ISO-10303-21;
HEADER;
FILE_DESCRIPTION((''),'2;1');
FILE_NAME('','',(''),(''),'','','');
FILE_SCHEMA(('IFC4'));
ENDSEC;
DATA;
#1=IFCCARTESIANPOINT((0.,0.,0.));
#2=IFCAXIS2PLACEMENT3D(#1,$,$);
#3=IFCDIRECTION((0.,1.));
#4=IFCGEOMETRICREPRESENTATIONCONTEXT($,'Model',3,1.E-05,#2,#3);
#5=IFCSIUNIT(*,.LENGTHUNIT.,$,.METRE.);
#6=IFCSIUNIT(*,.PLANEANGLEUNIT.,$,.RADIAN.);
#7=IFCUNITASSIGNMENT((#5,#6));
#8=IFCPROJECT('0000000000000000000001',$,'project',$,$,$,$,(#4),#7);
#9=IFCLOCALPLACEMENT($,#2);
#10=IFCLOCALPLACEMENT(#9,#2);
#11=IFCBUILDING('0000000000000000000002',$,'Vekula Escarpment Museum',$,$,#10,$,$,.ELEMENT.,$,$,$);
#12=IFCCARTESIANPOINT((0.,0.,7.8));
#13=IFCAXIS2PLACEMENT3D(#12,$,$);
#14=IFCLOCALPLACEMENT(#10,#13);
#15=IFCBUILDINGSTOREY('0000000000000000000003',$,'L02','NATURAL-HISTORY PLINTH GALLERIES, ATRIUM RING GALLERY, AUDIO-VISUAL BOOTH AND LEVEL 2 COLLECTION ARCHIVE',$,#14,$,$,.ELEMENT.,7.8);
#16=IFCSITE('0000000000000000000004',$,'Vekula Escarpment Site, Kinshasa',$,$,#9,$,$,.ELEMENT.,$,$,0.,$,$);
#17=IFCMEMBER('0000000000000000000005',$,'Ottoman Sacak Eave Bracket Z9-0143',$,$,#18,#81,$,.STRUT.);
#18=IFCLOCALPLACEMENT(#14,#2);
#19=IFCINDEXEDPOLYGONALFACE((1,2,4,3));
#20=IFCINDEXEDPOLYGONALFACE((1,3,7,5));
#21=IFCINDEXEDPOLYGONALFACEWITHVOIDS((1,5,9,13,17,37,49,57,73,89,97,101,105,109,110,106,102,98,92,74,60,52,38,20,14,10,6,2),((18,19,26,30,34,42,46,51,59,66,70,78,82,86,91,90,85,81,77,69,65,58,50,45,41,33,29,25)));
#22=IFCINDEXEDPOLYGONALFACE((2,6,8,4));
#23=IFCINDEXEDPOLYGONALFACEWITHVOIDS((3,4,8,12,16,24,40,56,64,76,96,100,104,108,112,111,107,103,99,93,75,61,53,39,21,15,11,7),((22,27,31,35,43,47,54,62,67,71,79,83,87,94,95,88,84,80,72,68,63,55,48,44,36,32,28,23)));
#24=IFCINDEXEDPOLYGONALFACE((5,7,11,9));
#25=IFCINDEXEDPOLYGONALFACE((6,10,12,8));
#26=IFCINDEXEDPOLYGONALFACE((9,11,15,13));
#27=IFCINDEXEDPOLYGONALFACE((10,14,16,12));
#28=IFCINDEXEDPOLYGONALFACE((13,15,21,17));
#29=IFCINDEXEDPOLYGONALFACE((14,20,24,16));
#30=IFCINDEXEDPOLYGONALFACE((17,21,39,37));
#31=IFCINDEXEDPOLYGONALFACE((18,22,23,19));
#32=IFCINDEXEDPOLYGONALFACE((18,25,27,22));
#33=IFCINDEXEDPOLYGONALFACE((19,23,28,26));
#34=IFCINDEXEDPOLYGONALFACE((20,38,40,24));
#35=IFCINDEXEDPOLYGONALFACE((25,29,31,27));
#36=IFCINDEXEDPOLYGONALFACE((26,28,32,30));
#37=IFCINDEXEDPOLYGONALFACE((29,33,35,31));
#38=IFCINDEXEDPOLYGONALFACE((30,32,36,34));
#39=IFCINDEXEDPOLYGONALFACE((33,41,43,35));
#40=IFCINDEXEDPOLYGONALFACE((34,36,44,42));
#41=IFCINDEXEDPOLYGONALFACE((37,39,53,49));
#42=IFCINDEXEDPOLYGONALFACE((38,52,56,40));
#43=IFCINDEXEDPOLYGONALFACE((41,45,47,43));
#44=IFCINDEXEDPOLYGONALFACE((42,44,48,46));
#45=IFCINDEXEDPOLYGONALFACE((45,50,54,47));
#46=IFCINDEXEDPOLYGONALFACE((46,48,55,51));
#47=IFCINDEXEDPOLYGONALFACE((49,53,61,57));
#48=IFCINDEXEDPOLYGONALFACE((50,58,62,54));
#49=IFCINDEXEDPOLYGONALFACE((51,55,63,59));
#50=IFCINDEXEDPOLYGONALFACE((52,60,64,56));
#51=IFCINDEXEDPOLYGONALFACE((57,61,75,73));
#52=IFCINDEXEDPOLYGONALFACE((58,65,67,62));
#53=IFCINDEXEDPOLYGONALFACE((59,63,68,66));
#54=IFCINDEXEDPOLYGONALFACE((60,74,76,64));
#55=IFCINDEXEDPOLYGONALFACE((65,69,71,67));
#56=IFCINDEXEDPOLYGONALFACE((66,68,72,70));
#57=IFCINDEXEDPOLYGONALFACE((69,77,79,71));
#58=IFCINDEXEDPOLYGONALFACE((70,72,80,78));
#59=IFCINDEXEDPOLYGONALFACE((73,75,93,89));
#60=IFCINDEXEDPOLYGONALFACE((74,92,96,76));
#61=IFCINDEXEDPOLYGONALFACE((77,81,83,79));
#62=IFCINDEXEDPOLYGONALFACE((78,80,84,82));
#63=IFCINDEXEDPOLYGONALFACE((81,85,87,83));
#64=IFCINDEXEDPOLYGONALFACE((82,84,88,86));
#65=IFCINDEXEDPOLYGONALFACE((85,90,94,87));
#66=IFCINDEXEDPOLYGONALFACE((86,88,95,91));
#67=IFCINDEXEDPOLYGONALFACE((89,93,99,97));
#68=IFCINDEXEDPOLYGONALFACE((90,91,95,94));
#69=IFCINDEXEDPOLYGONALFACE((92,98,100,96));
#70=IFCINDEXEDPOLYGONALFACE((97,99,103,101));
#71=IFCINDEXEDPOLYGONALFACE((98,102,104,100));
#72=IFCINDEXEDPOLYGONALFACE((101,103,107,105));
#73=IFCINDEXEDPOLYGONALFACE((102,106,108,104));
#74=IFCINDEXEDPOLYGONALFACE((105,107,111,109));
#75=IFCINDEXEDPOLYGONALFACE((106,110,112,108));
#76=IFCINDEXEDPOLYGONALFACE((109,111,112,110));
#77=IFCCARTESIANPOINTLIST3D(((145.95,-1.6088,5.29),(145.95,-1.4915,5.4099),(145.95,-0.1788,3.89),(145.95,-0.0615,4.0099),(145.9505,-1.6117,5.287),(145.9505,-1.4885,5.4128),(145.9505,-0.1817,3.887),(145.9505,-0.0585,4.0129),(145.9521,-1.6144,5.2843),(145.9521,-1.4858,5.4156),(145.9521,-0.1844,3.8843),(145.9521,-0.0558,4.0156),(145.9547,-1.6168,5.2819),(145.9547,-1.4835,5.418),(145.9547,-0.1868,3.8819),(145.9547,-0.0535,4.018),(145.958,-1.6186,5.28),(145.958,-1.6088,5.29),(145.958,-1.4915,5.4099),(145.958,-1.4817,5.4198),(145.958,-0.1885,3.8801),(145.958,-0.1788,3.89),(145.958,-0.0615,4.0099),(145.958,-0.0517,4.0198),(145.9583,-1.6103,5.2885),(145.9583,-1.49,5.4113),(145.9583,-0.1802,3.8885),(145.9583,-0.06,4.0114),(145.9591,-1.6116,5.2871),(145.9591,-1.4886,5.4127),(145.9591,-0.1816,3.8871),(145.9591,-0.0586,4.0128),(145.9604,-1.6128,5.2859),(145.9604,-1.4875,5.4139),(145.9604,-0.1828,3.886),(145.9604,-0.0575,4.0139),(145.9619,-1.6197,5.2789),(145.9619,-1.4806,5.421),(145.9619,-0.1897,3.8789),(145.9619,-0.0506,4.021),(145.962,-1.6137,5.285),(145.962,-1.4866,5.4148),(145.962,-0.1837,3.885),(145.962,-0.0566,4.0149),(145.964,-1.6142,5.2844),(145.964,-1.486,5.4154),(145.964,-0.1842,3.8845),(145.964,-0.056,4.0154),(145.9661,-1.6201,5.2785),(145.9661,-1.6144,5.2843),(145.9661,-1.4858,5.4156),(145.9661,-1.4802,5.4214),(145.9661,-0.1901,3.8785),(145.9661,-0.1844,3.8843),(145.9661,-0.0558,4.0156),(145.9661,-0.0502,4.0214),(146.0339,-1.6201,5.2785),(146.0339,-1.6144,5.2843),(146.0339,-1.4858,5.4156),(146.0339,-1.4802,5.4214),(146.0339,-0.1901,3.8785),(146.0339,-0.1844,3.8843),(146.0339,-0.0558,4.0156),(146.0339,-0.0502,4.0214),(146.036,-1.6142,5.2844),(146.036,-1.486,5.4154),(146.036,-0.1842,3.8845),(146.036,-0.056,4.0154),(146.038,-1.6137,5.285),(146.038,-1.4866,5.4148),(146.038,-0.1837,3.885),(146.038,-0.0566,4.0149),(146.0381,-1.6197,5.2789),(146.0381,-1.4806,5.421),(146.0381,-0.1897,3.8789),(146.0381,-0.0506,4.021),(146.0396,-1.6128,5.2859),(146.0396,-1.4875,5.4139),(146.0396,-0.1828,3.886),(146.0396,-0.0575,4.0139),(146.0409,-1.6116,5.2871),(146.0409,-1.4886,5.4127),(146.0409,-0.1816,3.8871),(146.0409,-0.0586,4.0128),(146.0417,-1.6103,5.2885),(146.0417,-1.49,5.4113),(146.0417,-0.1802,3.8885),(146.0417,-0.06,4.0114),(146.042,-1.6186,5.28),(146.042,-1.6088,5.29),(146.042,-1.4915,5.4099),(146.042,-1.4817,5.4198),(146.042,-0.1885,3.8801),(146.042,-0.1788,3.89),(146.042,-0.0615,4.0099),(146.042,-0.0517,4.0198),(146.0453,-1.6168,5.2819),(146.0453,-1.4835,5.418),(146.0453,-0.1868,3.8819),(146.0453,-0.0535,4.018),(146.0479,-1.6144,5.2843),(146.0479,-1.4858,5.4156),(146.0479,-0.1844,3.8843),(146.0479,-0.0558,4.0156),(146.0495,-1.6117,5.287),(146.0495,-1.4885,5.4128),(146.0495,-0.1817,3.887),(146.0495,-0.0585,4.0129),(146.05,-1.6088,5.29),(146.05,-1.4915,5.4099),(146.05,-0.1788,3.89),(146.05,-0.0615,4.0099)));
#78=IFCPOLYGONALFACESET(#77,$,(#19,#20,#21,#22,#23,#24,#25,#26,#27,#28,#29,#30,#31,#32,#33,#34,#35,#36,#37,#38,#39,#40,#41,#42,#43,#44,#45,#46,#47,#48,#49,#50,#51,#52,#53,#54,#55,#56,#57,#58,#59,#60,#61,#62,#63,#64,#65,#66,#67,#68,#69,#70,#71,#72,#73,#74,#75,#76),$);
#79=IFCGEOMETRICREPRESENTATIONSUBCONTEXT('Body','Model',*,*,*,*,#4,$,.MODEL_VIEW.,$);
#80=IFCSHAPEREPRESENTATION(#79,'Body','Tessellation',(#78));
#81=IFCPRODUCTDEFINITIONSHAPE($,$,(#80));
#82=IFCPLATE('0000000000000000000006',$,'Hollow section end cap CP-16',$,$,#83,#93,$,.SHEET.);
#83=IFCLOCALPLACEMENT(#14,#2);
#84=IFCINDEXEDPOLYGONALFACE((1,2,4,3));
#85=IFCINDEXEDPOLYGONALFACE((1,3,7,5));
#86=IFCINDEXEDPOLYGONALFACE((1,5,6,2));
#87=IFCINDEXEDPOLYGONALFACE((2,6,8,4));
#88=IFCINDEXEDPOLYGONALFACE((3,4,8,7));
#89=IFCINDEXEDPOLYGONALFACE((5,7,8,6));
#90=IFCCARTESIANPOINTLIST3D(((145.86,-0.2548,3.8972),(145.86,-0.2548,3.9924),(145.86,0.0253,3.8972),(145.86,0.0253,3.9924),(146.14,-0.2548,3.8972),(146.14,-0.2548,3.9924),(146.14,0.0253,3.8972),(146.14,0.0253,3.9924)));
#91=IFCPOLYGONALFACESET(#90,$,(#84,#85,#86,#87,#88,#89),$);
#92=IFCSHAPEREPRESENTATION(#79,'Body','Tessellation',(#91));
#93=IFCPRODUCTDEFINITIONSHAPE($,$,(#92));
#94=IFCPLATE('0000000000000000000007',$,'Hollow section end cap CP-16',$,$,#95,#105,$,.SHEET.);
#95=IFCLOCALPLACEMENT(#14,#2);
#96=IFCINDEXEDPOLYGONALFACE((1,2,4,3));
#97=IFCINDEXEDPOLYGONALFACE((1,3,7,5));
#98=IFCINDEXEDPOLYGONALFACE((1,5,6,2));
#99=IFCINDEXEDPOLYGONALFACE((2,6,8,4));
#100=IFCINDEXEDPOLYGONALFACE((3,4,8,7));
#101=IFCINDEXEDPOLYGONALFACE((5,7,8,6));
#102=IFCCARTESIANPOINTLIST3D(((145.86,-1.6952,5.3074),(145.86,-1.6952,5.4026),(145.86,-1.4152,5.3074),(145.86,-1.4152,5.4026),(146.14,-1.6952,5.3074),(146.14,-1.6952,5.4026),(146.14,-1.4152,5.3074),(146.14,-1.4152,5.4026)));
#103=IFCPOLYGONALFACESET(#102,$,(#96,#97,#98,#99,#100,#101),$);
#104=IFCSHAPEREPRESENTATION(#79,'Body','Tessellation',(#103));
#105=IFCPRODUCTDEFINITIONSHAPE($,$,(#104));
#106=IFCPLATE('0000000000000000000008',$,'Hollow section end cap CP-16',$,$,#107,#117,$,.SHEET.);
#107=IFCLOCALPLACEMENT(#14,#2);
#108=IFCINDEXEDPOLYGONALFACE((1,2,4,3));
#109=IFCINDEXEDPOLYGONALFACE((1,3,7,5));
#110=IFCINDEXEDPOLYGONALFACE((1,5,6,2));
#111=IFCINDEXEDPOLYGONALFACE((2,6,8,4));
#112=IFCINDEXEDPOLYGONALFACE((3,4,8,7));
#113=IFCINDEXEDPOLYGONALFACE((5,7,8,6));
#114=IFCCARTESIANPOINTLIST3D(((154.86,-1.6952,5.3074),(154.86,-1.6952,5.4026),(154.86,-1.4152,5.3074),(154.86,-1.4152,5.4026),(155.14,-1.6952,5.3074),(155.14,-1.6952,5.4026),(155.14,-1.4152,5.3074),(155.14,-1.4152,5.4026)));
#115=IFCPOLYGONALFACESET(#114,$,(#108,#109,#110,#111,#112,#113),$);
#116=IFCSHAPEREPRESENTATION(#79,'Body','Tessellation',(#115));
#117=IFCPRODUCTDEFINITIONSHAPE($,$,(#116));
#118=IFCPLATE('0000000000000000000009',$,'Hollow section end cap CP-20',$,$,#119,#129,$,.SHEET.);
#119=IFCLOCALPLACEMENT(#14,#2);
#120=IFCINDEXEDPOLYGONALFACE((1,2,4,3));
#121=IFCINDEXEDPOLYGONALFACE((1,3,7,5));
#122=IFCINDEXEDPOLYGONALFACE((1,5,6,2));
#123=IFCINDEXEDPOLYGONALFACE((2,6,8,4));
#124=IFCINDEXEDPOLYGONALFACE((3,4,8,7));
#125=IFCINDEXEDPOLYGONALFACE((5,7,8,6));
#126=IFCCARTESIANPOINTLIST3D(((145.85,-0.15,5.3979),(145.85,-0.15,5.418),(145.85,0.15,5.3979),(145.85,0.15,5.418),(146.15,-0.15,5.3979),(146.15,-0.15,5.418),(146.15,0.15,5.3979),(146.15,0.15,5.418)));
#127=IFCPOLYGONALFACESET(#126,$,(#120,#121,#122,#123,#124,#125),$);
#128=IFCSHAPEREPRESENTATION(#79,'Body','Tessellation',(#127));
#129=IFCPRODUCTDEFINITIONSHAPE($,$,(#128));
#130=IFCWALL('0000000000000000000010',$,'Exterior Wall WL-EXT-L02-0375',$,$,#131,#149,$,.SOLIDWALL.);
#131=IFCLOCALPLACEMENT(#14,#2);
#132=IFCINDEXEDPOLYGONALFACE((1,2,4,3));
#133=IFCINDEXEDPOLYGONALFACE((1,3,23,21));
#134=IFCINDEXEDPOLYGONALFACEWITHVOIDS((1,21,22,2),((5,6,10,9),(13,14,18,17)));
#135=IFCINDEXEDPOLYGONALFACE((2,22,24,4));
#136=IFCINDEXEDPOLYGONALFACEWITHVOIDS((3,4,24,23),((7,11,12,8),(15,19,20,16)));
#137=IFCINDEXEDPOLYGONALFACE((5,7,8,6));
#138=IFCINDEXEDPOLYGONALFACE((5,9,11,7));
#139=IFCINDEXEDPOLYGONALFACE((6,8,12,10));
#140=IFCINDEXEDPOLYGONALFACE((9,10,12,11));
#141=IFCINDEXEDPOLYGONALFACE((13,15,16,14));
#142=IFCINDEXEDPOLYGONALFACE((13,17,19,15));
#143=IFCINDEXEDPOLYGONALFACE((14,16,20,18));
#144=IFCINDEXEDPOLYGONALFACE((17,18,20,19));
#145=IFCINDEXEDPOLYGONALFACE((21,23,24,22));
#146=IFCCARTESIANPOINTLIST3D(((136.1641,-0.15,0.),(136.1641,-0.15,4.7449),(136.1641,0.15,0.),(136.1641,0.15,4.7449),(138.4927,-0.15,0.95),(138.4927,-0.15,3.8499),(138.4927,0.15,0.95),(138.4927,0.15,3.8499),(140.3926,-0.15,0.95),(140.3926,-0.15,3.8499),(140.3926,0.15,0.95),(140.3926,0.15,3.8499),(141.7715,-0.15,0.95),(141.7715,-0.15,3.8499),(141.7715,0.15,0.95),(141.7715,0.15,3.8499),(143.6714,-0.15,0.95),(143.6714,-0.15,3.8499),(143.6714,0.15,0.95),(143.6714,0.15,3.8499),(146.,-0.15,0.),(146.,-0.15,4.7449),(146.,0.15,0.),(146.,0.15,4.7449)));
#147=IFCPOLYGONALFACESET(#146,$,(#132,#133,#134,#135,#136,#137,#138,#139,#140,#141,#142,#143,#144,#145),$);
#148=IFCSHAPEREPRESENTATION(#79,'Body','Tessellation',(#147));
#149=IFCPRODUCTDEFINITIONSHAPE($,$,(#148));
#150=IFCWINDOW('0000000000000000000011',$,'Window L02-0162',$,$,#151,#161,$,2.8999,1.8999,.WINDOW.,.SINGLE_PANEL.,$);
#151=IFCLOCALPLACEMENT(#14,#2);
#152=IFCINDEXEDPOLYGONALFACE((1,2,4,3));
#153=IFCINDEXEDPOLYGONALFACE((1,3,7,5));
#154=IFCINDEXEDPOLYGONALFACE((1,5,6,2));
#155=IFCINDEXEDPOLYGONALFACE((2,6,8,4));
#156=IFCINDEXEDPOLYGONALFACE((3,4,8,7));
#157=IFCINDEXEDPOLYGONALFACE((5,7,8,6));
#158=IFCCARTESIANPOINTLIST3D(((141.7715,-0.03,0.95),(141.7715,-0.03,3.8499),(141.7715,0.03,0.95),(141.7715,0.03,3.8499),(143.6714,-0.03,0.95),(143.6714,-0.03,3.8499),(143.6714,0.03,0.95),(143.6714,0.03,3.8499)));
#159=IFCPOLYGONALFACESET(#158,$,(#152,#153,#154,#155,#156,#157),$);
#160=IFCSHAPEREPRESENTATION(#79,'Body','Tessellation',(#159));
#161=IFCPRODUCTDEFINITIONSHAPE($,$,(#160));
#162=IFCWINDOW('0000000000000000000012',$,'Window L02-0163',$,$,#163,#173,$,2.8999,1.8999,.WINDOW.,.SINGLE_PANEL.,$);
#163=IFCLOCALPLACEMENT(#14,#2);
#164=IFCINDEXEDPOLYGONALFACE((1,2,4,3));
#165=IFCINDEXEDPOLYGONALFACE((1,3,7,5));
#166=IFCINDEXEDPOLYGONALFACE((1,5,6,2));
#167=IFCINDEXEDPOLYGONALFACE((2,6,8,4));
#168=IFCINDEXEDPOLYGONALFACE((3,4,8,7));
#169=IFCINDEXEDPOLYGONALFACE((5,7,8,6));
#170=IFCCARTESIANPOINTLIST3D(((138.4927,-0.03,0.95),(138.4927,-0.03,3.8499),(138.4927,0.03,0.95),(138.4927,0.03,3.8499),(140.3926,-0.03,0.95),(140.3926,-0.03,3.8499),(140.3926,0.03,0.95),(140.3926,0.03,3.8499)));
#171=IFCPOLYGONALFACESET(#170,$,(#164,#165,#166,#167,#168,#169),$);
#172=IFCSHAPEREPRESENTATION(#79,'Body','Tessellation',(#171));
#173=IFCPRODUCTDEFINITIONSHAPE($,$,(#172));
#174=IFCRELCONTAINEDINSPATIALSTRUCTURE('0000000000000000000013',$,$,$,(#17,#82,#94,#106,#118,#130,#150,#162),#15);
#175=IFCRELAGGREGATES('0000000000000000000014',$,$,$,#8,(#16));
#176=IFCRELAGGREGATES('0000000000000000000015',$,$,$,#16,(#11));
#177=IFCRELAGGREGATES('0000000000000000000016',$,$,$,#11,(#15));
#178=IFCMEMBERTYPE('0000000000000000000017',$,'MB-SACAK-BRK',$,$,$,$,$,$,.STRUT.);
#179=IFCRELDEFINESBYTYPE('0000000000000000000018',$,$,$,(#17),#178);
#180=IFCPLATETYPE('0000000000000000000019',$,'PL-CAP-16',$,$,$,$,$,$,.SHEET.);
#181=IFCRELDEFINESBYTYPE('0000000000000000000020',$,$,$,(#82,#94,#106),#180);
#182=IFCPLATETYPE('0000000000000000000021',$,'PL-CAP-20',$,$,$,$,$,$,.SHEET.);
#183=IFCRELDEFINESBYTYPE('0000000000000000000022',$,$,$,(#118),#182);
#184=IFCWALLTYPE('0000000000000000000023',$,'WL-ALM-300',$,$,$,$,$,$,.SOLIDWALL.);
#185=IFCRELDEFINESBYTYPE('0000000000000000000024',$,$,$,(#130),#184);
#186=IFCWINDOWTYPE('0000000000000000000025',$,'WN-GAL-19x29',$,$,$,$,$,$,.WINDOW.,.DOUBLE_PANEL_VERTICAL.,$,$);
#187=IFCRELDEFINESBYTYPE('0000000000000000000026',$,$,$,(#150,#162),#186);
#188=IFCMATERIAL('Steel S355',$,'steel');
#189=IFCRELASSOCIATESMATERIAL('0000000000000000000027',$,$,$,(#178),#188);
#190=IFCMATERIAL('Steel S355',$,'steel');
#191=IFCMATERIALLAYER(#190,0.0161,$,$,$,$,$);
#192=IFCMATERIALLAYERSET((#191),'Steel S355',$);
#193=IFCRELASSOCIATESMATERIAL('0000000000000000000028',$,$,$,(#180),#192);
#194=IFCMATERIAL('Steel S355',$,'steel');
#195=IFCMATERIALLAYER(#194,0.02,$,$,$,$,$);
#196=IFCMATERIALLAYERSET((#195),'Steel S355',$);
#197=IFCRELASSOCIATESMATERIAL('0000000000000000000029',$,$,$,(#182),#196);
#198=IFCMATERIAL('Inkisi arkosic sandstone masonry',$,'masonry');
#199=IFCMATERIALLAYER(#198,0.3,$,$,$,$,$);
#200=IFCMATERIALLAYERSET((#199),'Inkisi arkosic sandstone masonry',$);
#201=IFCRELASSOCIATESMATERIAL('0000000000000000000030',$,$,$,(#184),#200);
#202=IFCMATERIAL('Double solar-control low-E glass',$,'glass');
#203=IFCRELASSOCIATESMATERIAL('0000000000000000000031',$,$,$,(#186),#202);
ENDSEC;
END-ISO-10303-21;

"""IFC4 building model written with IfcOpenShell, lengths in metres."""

from ifc_helpers import new_model, si_unit, direction, frame, frame_2d, origin, origin_2d, place, context, subcontext, project, spatial, rectangle, hollow_rectangle, extrude, material, layer, layer_set, material_profile, profile_set, type_object, element, fill, save


model = new_model("IFC4")

# Units and contexts
model_context = context("Model", 3, precision=1e-05, world=origin(), true_north=direction((0.0, 1.0)))
body_context = subcontext(model_context, "Body", "Model", "MODEL_VIEW")
ifc_project = project(units=[si_unit("LENGTHUNIT", "METRE"), si_unit("PLANEANGLEUNIT", "RADIAN")], contexts=[model_context])

# Site, building, storey
site_placement = place(None, origin())
site = spatial("IfcSite", under=ifc_project, at=site_placement, Name="Vekula Escarpment Site, Kinshasa", CompositionType="ELEMENT", RefElevation=0.0)
building_placement = place(site_placement, origin())
building = spatial("IfcBuilding", under=site, at=building_placement, Name="Vekula Escarpment Museum", CompositionType="ELEMENT")
storey_placement = place(building_placement, frame((0.0, 0.0, 7.8)))
storey = spatial("IfcBuildingStorey", under=building, at=storey_placement, Name="L02", Description="NATURAL-HISTORY PLINTH GALLERIES, ATRIUM RING GALLERY, AUDIO-VISUAL BOOTH AND LEVEL 2 COLLECTION ARCHIVE", CompositionType="ELEMENT", Elevation=7.8)

# Member
ifc_material_1 = material(Name="Steel S355", Category="steel")
ifc_material_profile_1 = material_profile(ifc_material_1, hollow_rectangle(XDim=0.1001, YDim=0.2, WallThickness=0.0081, InnerFilletRadius=0.0081, OuterFilletRadius=0.0161, at=origin_2d()), Name="RHS 200x100x8")
ifc_profile_set_1 = profile_set([ifc_material_profile_1], Name="Steel S355")
member_type = type_object("IfcMemberType", Name="MB-SACAK-BRK", PredefinedType="STRUT", material=ifc_profile_set_1)
member_placement = place(storey_placement, frame((146.0, -0.1201, 3.95), z_axis=(0.0, -0.71457, 0.699564), x_axis=(1.0, 0.0, 0.0)))
element("IfcMember", 1, at=member_placement, inside=storey, type_object=member_type, Name="Ottoman Sacak Eave Bracket Z9-0143", PredefinedType="STRUT", context=body_context, shape_type="SweptSolid", body=[
    extrude(hollow_rectangle(XDim=0.1001, YDim=0.2, WallThickness=0.0081, InnerFilletRadius=0.0081, OuterFilletRadius=0.0161, at=origin_2d()), origin(), (0.0, 0.0, 1.0), 2.0012),
])

# Plates
ifc_material_2 = material(Name="Steel S355", Category="steel")
ifc_layer_1 = layer(ifc_material_2, 0.0161)
ifc_layer_set_1 = layer_set([ifc_layer_1], Name="Steel S355")
plate_type_1 = type_object("IfcPlateType", Name="PL-CAP-16", PredefinedType="SHEET", material=ifc_layer_set_1)
for number, where, z_axis, x_axis, name in (
    (2, (146.0, -0.1147, 3.8972), (0.0, 0.0, 1.0), (1.0, 0.0, 0.0), "Hollow section end cap CP-16"),
    (3, (146.0, -1.5552, 5.3074), (0.0, 0.0, 1.0), (1.0, 0.0, 0.0), "Hollow section end cap CP-16"),
    (4, (155.0, -1.5552, 5.3074), (0.0, 0.0, 1.0), (1.0, 0.0, 0.0), "Hollow section end cap CP-16"),
):
    element("IfcPlate", number, at=place(storey_placement, frame(where, z_axis=z_axis, x_axis=x_axis)), inside=storey, type_object=plate_type_1, Name=name, PredefinedType="SHEET", context=body_context, shape_type="SweptSolid", body=[
        extrude(rectangle(XDim=0.28, YDim=0.28, at=origin_2d()), origin(), (0.0, 0.0, 1.0), 0.0952),
    ])
ifc_material_3 = material(Name="Steel S355", Category="steel")
ifc_layer_2 = layer(ifc_material_3, 0.02)
ifc_layer_set_2 = layer_set([ifc_layer_2], Name="Steel S355")
plate_type_2 = type_object("IfcPlateType", Name="PL-CAP-20", PredefinedType="SHEET", material=ifc_layer_set_2)
plate_placement = place(storey_placement, frame((146.0, 0.0, 5.3979), z_axis=(0.0, 0.0, 1.0), x_axis=(1.0, 0.0, 0.0)))
element("IfcPlate", 5, at=plate_placement, inside=storey, type_object=plate_type_2, Name="Hollow section end cap CP-20", PredefinedType="SHEET", context=body_context, shape_type="SweptSolid", body=[
    extrude(rectangle(XDim=0.3, YDim=0.3, at=origin_2d()), origin(), (0.0, 0.0, 1.0), 0.02),
])

# Wall, openings, windows
ifc_material_4 = material(Name="Inkisi arkosic sandstone masonry", Category="masonry")
ifc_layer_3 = layer(ifc_material_4, 0.3)
ifc_layer_set_3 = layer_set([ifc_layer_3], Name="Inkisi arkosic sandstone masonry")
wall_type_1 = type_object("IfcWallType", Name="WL-ALM-300", PredefinedType="SOLIDWALL", material=ifc_layer_set_3)
wall_1_placement = place(storey_placement, frame((146.0, 0.0, 0.0), z_axis=(0.0, 0.0, 1.0), x_axis=(-1.0, 0.0, 0.0)))
wall_1 = element("IfcWall", 6, at=wall_1_placement, inside=storey, type_object=wall_type_1, Name="Exterior Wall WL-EXT-L02-0375", PredefinedType="SOLIDWALL", context=body_context, shape_type="SweptSolid", body=[
    extrude(rectangle(XDim=9.8359, YDim=0.3, at=frame_2d((4.918, 0.0))), origin(), (0.0, 0.0, 1.0), 4.7449),
])
opening_1_placement = place(wall_1_placement, frame((2.3286, 0.0, 0.95)))
opening_1 = element("IfcOpeningElement", 7, at=opening_1_placement, cuts=wall_1, PredefinedType="OPENING", context=body_context, shape_type="SweptSolid", body=[
    extrude(rectangle(XDim=1.8999, YDim=2.8999, at=frame_2d((0.95, 1.45))), frame((0.0, 0.1599, 0.0), z_axis=(0.0, -1.0, 0.0), x_axis=(1.0, 0.0, 0.0)), (0.0, 0.0, 1.0), 0.3201),
])
opening_2_placement = place(wall_1_placement, frame((5.6074, 0.0, 0.95)))
opening_2 = element("IfcOpeningElement", 8, at=opening_2_placement, cuts=wall_1, PredefinedType="OPENING", context=body_context, shape_type="SweptSolid", body=[
    extrude(rectangle(XDim=1.8999, YDim=2.8999, at=frame_2d((0.95, 1.45))), frame((0.0, 0.1599, 0.0), z_axis=(0.0, -1.0, 0.0), x_axis=(1.0, 0.0, 0.0)), (0.0, 0.0, 1.0), 0.3201),
])
ifc_material_5 = material(Name="Double solar-control low-E glass", Category="glass")
window_type = type_object("IfcWindowType", Name="WN-GAL-19x29", PartitioningType="DOUBLE_PANEL_VERTICAL", PredefinedType="WINDOW", material=ifc_material_5)
window_1_placement = place(opening_1_placement, origin())
window_1 = element("IfcWindow", 9, at=window_1_placement, inside=storey, type_object=window_type, Name="Window L02-0162", OverallHeight=2.8999, OverallWidth=1.8999, PartitioningType="SINGLE_PANEL", PredefinedType="WINDOW", context=body_context, shape_type="SweptSolid", body=[
    extrude(rectangle(XDim=1.8999, YDim=2.8999, at=frame_2d((0.95, 1.45))), frame((0.0, 0.03, 0.0), z_axis=(0.0, -1.0, 0.0), x_axis=(1.0, 0.0, 0.0)), (0.0, 0.0, 1.0), 0.0601),
])
fill(opening_1, window_1)
window_2_placement = place(opening_2_placement, origin())
window_2 = element("IfcWindow", 10, at=window_2_placement, inside=storey, type_object=window_type, Name="Window L02-0163", OverallHeight=2.8999, OverallWidth=1.8999, PartitioningType="SINGLE_PANEL", PredefinedType="WINDOW", context=body_context, shape_type="SweptSolid", body=[
    extrude(rectangle(XDim=1.8999, YDim=2.8999, at=frame_2d((0.95, 1.45))), frame((0.0, 0.03, 0.0), z_axis=(0.0, -1.0, 0.0), x_axis=(1.0, 0.0, 0.0)), (0.0, 0.0, 1.0), 0.0601),
])
fill(opening_2, window_2)

save(model, "model.ifc")
